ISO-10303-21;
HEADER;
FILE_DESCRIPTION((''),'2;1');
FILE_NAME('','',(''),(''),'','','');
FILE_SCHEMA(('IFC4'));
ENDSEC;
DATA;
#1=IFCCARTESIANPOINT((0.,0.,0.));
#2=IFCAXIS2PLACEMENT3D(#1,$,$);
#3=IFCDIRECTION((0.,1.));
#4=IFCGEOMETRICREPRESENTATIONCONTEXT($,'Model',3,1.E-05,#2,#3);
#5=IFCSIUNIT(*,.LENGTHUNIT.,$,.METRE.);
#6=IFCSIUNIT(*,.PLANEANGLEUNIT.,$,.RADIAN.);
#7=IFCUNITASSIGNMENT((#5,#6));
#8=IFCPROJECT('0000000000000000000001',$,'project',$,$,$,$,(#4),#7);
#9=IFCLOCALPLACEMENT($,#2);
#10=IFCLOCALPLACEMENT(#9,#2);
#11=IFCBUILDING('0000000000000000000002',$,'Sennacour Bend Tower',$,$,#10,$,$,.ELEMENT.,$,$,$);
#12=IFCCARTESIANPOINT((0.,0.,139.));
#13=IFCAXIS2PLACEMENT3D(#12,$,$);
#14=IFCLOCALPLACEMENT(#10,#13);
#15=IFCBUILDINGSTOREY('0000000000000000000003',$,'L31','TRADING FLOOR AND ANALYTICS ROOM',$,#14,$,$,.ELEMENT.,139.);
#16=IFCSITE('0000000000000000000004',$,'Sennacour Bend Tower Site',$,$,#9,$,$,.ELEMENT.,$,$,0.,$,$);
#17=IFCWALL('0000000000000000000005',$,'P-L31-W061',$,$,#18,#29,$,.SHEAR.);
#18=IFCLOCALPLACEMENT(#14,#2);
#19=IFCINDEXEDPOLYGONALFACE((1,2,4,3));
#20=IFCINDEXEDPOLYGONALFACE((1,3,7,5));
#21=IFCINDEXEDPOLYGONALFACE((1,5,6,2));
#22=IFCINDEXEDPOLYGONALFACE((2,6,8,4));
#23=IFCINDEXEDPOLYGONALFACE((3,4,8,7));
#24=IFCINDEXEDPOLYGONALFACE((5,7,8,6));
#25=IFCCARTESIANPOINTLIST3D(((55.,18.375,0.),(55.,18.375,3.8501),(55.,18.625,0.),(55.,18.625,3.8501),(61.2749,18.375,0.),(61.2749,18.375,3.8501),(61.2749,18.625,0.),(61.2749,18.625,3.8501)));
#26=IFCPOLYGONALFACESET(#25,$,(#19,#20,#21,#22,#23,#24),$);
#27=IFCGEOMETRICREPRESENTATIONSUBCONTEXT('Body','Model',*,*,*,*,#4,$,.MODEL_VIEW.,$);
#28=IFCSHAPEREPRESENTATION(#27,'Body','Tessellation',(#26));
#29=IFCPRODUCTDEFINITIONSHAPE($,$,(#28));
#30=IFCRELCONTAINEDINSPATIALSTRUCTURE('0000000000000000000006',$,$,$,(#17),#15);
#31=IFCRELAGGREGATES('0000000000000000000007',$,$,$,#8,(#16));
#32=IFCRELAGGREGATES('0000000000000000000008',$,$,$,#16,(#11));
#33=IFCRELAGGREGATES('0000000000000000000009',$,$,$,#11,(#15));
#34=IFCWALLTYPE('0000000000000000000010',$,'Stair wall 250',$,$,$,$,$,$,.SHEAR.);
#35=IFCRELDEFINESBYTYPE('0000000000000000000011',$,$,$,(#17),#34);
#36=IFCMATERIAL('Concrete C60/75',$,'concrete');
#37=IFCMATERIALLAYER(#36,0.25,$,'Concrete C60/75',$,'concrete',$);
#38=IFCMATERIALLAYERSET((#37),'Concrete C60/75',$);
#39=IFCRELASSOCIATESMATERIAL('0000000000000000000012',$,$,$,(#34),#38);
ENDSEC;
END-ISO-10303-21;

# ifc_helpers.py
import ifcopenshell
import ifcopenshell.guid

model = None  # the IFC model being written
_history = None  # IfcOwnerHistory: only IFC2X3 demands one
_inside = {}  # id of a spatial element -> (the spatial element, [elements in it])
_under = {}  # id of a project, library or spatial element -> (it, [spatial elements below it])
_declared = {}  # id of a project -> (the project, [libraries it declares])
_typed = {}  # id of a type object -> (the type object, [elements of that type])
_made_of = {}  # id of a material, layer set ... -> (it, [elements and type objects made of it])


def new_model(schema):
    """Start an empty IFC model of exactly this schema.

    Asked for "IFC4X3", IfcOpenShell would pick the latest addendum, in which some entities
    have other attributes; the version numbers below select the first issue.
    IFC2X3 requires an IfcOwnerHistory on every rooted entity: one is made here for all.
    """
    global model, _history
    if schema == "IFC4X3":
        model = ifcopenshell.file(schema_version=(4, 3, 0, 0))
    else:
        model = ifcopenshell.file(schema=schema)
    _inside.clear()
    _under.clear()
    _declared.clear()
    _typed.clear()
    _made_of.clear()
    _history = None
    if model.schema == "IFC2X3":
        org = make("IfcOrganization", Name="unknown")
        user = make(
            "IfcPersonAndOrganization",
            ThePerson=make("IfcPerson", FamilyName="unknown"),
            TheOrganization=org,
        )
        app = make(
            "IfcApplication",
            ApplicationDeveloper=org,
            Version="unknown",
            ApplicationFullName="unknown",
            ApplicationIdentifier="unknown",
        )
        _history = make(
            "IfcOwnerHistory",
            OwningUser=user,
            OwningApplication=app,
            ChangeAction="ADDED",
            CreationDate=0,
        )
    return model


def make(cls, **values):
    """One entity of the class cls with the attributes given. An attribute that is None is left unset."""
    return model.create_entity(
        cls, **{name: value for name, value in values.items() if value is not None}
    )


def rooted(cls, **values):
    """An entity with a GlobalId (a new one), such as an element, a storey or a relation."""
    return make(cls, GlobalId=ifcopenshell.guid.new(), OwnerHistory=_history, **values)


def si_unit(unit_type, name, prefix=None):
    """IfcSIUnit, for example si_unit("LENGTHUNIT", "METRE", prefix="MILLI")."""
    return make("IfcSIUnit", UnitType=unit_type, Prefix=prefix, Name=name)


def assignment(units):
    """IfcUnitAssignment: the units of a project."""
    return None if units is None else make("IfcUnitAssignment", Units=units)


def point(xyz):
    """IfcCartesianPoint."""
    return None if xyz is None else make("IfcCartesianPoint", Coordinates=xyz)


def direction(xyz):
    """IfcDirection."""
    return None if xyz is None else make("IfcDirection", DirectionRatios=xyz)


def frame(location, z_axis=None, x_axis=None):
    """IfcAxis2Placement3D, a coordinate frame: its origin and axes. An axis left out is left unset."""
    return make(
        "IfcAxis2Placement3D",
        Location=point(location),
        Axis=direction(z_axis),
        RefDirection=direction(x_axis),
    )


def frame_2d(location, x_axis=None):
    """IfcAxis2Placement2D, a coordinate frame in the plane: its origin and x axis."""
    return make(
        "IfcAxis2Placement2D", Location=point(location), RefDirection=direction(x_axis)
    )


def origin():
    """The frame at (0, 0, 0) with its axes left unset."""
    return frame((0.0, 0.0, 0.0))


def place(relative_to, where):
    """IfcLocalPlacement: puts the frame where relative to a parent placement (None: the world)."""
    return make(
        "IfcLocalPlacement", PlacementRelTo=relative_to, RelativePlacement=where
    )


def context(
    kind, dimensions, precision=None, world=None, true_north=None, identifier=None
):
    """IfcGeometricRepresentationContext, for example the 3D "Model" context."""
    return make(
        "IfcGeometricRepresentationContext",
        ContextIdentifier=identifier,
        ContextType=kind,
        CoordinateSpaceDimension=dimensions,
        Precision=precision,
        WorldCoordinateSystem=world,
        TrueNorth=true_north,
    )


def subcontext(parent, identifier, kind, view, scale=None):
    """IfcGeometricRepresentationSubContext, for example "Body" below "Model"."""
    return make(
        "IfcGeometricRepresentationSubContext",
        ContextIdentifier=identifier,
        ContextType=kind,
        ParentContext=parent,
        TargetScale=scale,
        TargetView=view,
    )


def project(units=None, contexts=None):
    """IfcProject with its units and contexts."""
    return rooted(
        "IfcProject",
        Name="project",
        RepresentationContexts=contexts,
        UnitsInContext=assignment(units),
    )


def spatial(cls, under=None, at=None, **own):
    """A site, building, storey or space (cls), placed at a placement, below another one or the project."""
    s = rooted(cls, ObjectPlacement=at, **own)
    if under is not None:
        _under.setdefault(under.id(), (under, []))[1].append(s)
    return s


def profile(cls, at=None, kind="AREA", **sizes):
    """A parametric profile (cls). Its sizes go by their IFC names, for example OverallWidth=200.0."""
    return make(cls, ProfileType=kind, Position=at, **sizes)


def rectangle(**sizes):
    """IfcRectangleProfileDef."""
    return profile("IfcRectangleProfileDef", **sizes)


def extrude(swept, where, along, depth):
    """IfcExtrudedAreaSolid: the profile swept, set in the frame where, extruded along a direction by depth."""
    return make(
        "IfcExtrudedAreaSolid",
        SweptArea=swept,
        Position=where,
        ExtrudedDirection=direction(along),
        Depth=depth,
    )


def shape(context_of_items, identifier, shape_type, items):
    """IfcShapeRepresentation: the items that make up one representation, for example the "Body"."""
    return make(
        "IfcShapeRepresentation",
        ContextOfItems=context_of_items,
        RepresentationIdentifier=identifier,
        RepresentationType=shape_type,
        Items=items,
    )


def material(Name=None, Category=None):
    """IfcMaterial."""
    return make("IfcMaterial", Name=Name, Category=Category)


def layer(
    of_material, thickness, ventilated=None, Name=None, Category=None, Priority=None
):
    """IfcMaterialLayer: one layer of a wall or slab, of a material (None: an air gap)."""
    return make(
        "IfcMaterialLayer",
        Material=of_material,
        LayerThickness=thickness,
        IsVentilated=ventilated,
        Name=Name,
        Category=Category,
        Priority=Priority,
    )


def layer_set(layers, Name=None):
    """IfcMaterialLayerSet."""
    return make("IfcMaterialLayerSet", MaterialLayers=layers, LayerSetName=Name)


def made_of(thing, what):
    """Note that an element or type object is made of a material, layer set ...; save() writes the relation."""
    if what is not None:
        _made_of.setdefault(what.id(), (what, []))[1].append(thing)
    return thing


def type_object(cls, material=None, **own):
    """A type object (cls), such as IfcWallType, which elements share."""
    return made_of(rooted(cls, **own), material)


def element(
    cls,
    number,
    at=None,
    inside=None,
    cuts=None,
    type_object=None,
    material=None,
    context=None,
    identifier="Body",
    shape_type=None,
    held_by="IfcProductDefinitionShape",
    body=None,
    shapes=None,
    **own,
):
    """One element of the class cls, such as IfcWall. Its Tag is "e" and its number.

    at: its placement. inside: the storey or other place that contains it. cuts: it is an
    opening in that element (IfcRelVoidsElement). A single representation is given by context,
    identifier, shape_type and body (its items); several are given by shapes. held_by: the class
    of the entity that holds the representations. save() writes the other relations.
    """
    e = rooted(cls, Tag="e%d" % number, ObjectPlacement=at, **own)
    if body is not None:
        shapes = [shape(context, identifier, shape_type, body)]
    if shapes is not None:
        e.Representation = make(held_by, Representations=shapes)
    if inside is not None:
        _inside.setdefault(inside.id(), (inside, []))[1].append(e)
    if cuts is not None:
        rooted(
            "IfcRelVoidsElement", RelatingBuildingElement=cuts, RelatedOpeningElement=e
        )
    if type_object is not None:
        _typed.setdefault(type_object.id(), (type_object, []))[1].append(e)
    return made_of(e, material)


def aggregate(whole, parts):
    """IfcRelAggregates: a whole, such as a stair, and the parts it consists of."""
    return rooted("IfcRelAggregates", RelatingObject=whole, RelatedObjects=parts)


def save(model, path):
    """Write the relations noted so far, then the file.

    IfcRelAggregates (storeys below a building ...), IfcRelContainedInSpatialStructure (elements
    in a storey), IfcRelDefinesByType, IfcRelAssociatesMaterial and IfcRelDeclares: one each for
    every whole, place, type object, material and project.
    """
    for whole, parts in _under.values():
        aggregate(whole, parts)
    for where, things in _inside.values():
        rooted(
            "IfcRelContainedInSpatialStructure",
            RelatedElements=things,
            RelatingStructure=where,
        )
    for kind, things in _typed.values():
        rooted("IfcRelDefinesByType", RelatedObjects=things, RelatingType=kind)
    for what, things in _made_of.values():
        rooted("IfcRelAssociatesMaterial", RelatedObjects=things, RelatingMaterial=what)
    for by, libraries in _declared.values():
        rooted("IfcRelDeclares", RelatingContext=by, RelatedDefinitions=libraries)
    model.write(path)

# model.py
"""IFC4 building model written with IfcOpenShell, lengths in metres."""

from ifc_helpers import new_model, si_unit, direction, frame, frame_2d, origin, place, context, subcontext, project, spatial, rectangle, extrude, material, layer, layer_set, type_object, element, save


model = new_model("IFC4")

# Units and contexts
model_context = context("Model", 3, precision=1e-05, world=origin(), true_north=direction((0.0, 1.0)))
body_context = subcontext(model_context, "Body", "Model", "MODEL_VIEW")
ifc_project = project(units=[si_unit("LENGTHUNIT", "METRE"), si_unit("PLANEANGLEUNIT", "RADIAN")], contexts=[model_context])

# Site, building, storey
site_placement = place(None, origin())
site = spatial("IfcSite", under=ifc_project, at=site_placement, Name="Sennacour Bend Tower Site", CompositionType="ELEMENT", RefElevation=0.0)
building_placement = place(site_placement, origin())
building = spatial("IfcBuilding", under=site, at=building_placement, Name="Sennacour Bend Tower", CompositionType="ELEMENT")
storey_placement = place(building_placement, frame((0.0, 0.0, 139.0)))
storey = spatial("IfcBuildingStorey", under=building, at=storey_placement, Name="L31", Description="TRADING FLOOR AND ANALYTICS ROOM", CompositionType="ELEMENT", Elevation=139.0)

# Wall
ifc_material_1 = material(Name="Concrete C60/75", Category="concrete")
ifc_layer_1 = layer(ifc_material_1, 0.25, Name="Concrete C60/75", Category="concrete")
ifc_layer_set_1 = layer_set([ifc_layer_1], Name="Concrete C60/75")
wall_type_1 = type_object("IfcWallType", Name="Stair wall 250", PredefinedType="SHEAR", material=ifc_layer_set_1)
wall_1_placement = place(storey_placement, frame((55.0, 18.5, 0.0), z_axis=(0.0, 0.0, 1.0), x_axis=(1.0, 0.0, 0.0)))
element("IfcWall", 1, at=wall_1_placement, inside=storey, type_object=wall_type_1, Name="P-L31-W061", PredefinedType="SHEAR", context=body_context, shape_type="SweptSolid", body=[
    extrude(rectangle(XDim=6.2749, YDim=0.25, at=frame_2d((3.1375, 0.0))), origin(), (0.0, 0.0, 1.0), 3.8501),
])

save(model, "model.ifc")
